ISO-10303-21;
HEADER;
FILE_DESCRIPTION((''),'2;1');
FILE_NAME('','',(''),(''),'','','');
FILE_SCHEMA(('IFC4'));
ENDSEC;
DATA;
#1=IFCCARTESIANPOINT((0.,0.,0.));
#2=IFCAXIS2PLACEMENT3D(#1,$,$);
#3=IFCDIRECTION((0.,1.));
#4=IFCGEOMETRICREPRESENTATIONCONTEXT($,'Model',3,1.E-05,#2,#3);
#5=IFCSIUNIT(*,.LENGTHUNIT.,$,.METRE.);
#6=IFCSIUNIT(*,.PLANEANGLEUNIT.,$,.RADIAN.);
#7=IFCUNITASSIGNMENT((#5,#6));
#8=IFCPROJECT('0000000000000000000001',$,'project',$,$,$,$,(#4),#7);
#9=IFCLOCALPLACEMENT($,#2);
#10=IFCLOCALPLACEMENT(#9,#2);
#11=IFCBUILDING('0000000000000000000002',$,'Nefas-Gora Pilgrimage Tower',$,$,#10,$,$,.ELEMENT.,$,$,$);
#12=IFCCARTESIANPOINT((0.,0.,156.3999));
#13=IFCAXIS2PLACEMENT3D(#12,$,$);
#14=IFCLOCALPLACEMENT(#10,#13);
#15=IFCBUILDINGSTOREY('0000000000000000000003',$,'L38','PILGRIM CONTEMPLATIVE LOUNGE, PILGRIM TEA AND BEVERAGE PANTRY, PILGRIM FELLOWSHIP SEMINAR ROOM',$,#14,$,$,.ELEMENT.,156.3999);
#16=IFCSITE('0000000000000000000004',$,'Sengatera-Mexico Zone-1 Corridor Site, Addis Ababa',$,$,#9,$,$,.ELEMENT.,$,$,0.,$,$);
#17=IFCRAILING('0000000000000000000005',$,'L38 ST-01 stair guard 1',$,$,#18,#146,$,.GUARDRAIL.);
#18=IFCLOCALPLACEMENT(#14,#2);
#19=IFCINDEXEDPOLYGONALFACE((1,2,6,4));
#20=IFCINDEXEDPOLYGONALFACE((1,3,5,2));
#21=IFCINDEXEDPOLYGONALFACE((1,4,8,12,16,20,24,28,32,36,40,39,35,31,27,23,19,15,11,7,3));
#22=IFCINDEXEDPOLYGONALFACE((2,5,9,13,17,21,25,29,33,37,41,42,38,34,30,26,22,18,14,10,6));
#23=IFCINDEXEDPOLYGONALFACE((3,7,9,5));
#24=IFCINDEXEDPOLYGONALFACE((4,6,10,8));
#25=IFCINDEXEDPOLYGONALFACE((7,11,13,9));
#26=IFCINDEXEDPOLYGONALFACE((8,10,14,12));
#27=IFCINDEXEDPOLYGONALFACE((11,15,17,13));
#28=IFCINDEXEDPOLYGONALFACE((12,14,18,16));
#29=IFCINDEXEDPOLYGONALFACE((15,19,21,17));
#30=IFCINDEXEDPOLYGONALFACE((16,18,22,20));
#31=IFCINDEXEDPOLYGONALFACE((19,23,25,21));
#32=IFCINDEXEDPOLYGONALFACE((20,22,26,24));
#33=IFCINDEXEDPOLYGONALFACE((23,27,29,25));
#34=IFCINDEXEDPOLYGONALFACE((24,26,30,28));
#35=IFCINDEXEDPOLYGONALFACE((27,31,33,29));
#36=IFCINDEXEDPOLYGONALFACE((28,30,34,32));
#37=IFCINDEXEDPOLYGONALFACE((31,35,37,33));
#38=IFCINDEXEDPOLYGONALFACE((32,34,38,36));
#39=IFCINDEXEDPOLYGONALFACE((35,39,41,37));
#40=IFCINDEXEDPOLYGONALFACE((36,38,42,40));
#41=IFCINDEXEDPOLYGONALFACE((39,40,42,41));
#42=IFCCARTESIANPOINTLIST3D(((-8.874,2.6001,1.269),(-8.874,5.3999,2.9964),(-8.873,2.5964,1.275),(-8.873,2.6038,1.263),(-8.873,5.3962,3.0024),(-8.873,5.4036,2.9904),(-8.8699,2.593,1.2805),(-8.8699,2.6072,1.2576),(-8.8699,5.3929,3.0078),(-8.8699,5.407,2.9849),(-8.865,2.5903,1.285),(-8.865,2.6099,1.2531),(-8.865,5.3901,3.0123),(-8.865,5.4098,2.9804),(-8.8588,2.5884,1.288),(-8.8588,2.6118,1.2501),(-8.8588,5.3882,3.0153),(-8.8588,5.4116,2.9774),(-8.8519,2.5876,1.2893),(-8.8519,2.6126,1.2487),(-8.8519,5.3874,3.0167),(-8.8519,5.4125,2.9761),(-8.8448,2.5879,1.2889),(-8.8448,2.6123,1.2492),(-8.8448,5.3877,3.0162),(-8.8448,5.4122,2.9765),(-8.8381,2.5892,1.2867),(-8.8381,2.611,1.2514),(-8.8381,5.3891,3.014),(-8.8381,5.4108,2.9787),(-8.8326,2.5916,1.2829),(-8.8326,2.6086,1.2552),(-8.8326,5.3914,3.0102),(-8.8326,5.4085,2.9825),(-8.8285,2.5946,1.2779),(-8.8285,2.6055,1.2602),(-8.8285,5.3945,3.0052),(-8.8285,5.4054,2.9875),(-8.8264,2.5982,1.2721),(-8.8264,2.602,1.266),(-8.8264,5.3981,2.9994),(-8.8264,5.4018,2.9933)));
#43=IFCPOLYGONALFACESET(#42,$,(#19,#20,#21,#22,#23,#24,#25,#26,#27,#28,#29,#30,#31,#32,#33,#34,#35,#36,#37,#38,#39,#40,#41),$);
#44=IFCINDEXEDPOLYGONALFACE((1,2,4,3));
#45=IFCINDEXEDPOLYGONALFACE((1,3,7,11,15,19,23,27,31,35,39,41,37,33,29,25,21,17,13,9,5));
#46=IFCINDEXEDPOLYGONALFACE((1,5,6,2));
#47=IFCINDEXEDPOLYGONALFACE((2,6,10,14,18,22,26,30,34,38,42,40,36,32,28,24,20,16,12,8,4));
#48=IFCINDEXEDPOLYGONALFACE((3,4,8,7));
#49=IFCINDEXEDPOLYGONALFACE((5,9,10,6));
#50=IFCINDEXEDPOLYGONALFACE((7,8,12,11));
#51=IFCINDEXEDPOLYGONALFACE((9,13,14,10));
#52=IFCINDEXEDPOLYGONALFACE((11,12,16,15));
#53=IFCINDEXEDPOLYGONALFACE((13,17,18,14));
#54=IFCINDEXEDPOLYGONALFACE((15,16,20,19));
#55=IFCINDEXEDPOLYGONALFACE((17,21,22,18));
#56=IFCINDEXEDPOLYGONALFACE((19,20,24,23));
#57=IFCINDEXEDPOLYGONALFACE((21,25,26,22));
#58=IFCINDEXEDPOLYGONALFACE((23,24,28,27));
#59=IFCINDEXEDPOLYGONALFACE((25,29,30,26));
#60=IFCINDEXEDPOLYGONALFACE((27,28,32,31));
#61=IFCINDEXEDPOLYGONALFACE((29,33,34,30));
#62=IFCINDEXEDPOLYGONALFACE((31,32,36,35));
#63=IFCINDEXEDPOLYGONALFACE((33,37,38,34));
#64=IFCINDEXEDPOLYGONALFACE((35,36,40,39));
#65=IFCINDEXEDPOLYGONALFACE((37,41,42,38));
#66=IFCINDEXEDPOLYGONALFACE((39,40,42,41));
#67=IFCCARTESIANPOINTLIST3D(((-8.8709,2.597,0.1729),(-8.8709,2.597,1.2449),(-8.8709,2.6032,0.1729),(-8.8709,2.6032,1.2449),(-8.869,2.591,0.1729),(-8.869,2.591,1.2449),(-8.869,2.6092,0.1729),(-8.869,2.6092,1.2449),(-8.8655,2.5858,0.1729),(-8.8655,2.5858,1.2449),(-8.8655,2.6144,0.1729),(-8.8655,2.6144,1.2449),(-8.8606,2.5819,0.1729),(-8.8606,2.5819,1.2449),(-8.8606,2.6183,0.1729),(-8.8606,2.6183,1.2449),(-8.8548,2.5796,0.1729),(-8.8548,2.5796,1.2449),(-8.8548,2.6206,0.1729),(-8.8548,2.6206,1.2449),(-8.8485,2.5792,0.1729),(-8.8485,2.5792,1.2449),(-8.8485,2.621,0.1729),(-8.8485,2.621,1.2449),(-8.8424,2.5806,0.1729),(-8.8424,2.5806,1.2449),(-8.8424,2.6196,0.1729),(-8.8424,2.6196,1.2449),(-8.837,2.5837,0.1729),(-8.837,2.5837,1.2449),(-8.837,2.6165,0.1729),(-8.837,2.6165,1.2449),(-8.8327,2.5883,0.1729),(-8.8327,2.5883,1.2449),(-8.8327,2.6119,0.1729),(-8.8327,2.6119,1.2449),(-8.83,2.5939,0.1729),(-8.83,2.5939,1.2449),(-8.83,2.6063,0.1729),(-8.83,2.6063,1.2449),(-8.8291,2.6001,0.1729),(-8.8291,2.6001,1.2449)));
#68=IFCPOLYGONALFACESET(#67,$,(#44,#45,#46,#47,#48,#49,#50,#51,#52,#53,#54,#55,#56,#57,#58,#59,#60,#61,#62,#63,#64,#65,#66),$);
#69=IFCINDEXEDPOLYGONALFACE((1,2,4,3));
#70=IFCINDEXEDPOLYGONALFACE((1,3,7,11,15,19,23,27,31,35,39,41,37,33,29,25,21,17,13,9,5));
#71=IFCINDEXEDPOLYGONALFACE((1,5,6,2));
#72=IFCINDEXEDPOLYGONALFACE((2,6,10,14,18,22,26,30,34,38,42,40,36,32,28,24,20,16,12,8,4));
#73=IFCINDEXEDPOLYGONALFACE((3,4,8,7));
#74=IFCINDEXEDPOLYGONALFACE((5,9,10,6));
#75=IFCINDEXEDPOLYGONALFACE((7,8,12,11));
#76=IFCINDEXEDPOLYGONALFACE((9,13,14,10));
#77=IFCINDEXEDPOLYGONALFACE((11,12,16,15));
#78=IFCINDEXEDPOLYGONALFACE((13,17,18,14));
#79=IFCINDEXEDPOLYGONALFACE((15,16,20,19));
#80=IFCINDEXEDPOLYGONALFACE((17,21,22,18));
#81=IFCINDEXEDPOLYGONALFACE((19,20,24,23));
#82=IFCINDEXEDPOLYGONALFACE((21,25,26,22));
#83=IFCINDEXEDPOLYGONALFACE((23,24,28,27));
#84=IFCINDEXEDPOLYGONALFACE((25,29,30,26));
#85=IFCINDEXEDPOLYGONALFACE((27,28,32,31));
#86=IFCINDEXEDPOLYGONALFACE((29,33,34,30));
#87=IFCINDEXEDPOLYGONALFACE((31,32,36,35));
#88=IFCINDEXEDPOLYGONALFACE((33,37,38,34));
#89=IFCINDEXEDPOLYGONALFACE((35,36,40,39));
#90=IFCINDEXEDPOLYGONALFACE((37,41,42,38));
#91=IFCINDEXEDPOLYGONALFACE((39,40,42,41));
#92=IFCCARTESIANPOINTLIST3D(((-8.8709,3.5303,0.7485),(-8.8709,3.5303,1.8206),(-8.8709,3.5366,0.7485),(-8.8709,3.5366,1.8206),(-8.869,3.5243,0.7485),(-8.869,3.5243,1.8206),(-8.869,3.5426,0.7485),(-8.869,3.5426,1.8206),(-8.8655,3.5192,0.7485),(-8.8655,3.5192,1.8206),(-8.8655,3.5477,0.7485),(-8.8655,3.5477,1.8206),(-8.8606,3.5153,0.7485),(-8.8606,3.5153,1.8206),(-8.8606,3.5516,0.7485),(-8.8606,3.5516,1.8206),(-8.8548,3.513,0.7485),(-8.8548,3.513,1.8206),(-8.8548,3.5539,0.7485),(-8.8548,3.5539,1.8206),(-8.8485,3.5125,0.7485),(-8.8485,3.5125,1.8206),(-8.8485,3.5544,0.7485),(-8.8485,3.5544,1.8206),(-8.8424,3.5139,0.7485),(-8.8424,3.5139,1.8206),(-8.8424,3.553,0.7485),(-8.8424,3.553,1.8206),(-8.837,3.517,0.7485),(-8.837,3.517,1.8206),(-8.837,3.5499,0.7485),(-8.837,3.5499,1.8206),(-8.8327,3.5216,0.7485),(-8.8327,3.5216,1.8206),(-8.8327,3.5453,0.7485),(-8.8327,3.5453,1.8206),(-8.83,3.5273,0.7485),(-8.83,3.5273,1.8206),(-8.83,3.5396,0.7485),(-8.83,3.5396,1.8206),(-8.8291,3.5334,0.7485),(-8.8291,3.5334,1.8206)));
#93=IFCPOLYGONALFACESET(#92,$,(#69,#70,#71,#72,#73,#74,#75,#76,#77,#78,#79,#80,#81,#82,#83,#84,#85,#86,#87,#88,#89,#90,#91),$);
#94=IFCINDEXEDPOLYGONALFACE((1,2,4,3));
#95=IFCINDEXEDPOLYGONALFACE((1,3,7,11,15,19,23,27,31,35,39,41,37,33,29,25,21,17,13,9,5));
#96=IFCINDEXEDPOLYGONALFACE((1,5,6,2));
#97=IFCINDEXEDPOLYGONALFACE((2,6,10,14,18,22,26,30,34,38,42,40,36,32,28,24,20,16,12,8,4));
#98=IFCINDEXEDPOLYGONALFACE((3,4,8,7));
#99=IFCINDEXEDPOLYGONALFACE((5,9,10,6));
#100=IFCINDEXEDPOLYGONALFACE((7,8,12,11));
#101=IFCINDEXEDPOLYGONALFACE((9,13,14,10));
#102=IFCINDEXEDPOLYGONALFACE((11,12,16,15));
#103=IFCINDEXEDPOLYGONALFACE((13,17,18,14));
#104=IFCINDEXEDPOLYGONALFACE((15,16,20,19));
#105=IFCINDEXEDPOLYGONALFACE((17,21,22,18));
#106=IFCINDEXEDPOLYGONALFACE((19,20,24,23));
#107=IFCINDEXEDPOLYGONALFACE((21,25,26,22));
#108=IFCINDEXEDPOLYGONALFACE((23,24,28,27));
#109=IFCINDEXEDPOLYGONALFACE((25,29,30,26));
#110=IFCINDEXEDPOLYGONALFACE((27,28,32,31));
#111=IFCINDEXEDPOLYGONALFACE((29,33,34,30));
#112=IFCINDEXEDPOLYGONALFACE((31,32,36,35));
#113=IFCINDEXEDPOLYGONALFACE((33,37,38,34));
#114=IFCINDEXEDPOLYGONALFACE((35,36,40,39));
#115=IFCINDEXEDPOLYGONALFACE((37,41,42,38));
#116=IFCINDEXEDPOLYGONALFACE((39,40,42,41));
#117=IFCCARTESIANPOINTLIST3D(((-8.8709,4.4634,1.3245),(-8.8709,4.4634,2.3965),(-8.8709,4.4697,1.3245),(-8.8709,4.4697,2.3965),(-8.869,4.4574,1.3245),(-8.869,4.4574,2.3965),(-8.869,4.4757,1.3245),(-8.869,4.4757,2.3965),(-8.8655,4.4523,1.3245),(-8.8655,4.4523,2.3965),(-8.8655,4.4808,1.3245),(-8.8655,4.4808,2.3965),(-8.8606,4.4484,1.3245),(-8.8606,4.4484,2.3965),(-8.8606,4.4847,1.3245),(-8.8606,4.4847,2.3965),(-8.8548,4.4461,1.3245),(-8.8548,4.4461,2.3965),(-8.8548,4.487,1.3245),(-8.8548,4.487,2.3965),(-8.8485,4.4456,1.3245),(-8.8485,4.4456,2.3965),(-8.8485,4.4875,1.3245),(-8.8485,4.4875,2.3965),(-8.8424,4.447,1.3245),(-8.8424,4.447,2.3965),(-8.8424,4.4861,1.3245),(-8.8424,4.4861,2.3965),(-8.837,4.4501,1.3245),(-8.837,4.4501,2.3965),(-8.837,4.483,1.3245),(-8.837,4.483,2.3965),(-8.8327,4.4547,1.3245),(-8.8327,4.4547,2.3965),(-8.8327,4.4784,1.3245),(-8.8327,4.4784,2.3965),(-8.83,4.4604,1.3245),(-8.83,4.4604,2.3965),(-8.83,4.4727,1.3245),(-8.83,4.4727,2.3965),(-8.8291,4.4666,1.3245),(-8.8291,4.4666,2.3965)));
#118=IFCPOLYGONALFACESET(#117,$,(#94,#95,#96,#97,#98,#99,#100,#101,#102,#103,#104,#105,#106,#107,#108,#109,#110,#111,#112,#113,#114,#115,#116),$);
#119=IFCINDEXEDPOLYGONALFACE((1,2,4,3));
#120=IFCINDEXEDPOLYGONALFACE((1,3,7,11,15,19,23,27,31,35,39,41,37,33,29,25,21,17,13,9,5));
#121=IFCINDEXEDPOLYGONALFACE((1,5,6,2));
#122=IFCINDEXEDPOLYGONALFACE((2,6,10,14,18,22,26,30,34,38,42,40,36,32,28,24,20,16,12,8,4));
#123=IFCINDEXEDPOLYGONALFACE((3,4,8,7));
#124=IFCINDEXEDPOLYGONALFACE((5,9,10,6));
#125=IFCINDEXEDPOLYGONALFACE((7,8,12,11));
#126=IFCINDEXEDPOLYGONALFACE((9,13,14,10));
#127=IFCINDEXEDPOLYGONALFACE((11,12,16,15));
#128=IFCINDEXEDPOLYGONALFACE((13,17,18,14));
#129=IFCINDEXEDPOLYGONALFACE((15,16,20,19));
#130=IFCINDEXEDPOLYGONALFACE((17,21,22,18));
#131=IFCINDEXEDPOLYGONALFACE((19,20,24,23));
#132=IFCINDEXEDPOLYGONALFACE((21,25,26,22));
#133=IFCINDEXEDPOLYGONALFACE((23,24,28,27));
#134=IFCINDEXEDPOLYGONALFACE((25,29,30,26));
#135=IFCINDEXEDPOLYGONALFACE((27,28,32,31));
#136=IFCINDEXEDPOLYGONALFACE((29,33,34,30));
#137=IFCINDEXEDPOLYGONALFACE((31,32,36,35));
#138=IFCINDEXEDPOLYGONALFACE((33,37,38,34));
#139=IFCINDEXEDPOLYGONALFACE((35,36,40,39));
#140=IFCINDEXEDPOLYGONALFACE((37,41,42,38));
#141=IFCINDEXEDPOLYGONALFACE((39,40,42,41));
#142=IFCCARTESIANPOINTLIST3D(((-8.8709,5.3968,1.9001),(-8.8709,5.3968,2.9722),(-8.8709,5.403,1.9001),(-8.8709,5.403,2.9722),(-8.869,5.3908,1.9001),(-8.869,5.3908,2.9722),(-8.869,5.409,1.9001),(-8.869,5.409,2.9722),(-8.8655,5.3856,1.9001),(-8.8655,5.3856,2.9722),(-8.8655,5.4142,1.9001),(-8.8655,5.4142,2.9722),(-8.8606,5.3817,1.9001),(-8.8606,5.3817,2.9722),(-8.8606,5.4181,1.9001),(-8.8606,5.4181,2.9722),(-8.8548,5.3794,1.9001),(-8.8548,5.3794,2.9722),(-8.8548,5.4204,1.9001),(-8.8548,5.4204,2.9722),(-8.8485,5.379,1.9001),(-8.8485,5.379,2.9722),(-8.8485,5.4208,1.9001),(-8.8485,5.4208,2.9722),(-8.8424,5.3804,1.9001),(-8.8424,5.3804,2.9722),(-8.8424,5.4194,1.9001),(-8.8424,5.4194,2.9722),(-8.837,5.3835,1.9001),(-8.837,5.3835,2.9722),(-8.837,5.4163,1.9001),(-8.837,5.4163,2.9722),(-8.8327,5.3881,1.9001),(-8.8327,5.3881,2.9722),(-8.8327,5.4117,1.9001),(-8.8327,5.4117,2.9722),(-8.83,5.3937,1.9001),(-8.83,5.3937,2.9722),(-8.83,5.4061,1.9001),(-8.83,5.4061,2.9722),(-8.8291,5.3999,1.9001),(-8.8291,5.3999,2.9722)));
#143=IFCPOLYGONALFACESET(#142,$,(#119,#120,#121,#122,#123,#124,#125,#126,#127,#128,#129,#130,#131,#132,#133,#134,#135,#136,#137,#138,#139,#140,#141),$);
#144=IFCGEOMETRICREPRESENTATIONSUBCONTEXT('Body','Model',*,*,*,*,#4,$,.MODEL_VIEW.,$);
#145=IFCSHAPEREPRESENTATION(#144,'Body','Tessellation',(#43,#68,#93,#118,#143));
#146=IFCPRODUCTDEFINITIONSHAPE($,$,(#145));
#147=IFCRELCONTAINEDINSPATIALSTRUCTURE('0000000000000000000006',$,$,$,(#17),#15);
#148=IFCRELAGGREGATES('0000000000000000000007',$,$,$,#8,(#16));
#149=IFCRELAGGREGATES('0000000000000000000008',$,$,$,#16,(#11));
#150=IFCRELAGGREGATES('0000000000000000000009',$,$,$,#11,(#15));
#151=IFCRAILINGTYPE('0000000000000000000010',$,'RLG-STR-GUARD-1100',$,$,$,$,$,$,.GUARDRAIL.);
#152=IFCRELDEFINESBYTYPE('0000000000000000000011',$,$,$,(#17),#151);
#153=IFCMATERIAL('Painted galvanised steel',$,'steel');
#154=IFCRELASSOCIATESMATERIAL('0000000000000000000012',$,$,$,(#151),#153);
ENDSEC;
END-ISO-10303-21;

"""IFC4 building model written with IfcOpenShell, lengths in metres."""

from ifc_helpers import new_model, si_unit, direction, frame, origin, origin_2d, place, context, subcontext, project, spatial, circle, extrude, material, type_object, element, save


model = new_model("IFC4")

# Units and contexts
model_context = context("Model", 3, precision=1e-05, world=origin(), true_north=direction((0.0, 1.0)))
body_context = subcontext(model_context, "Body", "Model", "MODEL_VIEW")
ifc_project = project(units=[si_unit("LENGTHUNIT", "METRE"), si_unit("PLANEANGLEUNIT", "RADIAN")], contexts=[model_context])

# Site, building, storey
site_placement = place(None, origin())
site = spatial("IfcSite", under=ifc_project, at=site_placement, Name="Sengatera-Mexico Zone-1 Corridor Site, Addis Ababa", CompositionType="ELEMENT", RefElevation=0.0)
building_placement = place(site_placement, origin())
building = spatial("IfcBuilding", under=site, at=building_placement, Name="Nefas-Gora Pilgrimage Tower", CompositionType="ELEMENT")
storey_placement = place(building_placement, frame((0.0, 0.0, 156.3999)))
storey = spatial("IfcBuildingStorey", under=building, at=storey_placement, Name="L38", Description="PILGRIM CONTEMPLATIVE LOUNGE, PILGRIM TEA AND BEVERAGE PANTRY, PILGRIM FELLOWSHIP SEMINAR ROOM", CompositionType="ELEMENT", Elevation=156.3999)

# Railing
ifc_material_1 = material(Name="Painted galvanised steel", Category="steel")
railing_type_1 = type_object("IfcRailingType", Name="RLG-STR-GUARD-1100", PredefinedType="GUARDRAIL", material=ifc_material_1)
railing_1_placement = place(storey_placement, frame((-8.8501, 2.6001, 0.1729)))
element("IfcRailing", 1, at=railing_1_placement, inside=storey, type_object=railing_type_1, Name="L38 ST-01 stair guard 1", PredefinedType="GUARDRAIL", context=body_context, shape_type="SweptSolid", body=[
    extrude(circle(Radius=0.0239, at=origin_2d()), frame((0.0, 0.0, 1.0962), z_axis=(0.0, 0.851069, 0.525054), x_axis=(-1.0, 0.0, 0.0)), (0.0, 0.0, 1.0), 3.2898),
    extrude(circle(Radius=0.021, at=origin_2d()), origin(), (0.0, 0.0, 1.0), 1.072),
    extrude(circle(Radius=0.021, at=origin_2d()), frame((0.0, 0.9333, 0.5757)), (0.0, 0.0, 1.0), 1.072),
    extrude(circle(Radius=0.021, at=origin_2d()), frame((0.0, 1.8665, 1.1516)), (0.0, 0.0, 1.0), 1.072),
    extrude(circle(Radius=0.021, at=origin_2d()), frame((0.0, 2.7998, 1.7273)), (0.0, 0.0, 1.0), 1.072),
])

save(model, "model.ifc")
